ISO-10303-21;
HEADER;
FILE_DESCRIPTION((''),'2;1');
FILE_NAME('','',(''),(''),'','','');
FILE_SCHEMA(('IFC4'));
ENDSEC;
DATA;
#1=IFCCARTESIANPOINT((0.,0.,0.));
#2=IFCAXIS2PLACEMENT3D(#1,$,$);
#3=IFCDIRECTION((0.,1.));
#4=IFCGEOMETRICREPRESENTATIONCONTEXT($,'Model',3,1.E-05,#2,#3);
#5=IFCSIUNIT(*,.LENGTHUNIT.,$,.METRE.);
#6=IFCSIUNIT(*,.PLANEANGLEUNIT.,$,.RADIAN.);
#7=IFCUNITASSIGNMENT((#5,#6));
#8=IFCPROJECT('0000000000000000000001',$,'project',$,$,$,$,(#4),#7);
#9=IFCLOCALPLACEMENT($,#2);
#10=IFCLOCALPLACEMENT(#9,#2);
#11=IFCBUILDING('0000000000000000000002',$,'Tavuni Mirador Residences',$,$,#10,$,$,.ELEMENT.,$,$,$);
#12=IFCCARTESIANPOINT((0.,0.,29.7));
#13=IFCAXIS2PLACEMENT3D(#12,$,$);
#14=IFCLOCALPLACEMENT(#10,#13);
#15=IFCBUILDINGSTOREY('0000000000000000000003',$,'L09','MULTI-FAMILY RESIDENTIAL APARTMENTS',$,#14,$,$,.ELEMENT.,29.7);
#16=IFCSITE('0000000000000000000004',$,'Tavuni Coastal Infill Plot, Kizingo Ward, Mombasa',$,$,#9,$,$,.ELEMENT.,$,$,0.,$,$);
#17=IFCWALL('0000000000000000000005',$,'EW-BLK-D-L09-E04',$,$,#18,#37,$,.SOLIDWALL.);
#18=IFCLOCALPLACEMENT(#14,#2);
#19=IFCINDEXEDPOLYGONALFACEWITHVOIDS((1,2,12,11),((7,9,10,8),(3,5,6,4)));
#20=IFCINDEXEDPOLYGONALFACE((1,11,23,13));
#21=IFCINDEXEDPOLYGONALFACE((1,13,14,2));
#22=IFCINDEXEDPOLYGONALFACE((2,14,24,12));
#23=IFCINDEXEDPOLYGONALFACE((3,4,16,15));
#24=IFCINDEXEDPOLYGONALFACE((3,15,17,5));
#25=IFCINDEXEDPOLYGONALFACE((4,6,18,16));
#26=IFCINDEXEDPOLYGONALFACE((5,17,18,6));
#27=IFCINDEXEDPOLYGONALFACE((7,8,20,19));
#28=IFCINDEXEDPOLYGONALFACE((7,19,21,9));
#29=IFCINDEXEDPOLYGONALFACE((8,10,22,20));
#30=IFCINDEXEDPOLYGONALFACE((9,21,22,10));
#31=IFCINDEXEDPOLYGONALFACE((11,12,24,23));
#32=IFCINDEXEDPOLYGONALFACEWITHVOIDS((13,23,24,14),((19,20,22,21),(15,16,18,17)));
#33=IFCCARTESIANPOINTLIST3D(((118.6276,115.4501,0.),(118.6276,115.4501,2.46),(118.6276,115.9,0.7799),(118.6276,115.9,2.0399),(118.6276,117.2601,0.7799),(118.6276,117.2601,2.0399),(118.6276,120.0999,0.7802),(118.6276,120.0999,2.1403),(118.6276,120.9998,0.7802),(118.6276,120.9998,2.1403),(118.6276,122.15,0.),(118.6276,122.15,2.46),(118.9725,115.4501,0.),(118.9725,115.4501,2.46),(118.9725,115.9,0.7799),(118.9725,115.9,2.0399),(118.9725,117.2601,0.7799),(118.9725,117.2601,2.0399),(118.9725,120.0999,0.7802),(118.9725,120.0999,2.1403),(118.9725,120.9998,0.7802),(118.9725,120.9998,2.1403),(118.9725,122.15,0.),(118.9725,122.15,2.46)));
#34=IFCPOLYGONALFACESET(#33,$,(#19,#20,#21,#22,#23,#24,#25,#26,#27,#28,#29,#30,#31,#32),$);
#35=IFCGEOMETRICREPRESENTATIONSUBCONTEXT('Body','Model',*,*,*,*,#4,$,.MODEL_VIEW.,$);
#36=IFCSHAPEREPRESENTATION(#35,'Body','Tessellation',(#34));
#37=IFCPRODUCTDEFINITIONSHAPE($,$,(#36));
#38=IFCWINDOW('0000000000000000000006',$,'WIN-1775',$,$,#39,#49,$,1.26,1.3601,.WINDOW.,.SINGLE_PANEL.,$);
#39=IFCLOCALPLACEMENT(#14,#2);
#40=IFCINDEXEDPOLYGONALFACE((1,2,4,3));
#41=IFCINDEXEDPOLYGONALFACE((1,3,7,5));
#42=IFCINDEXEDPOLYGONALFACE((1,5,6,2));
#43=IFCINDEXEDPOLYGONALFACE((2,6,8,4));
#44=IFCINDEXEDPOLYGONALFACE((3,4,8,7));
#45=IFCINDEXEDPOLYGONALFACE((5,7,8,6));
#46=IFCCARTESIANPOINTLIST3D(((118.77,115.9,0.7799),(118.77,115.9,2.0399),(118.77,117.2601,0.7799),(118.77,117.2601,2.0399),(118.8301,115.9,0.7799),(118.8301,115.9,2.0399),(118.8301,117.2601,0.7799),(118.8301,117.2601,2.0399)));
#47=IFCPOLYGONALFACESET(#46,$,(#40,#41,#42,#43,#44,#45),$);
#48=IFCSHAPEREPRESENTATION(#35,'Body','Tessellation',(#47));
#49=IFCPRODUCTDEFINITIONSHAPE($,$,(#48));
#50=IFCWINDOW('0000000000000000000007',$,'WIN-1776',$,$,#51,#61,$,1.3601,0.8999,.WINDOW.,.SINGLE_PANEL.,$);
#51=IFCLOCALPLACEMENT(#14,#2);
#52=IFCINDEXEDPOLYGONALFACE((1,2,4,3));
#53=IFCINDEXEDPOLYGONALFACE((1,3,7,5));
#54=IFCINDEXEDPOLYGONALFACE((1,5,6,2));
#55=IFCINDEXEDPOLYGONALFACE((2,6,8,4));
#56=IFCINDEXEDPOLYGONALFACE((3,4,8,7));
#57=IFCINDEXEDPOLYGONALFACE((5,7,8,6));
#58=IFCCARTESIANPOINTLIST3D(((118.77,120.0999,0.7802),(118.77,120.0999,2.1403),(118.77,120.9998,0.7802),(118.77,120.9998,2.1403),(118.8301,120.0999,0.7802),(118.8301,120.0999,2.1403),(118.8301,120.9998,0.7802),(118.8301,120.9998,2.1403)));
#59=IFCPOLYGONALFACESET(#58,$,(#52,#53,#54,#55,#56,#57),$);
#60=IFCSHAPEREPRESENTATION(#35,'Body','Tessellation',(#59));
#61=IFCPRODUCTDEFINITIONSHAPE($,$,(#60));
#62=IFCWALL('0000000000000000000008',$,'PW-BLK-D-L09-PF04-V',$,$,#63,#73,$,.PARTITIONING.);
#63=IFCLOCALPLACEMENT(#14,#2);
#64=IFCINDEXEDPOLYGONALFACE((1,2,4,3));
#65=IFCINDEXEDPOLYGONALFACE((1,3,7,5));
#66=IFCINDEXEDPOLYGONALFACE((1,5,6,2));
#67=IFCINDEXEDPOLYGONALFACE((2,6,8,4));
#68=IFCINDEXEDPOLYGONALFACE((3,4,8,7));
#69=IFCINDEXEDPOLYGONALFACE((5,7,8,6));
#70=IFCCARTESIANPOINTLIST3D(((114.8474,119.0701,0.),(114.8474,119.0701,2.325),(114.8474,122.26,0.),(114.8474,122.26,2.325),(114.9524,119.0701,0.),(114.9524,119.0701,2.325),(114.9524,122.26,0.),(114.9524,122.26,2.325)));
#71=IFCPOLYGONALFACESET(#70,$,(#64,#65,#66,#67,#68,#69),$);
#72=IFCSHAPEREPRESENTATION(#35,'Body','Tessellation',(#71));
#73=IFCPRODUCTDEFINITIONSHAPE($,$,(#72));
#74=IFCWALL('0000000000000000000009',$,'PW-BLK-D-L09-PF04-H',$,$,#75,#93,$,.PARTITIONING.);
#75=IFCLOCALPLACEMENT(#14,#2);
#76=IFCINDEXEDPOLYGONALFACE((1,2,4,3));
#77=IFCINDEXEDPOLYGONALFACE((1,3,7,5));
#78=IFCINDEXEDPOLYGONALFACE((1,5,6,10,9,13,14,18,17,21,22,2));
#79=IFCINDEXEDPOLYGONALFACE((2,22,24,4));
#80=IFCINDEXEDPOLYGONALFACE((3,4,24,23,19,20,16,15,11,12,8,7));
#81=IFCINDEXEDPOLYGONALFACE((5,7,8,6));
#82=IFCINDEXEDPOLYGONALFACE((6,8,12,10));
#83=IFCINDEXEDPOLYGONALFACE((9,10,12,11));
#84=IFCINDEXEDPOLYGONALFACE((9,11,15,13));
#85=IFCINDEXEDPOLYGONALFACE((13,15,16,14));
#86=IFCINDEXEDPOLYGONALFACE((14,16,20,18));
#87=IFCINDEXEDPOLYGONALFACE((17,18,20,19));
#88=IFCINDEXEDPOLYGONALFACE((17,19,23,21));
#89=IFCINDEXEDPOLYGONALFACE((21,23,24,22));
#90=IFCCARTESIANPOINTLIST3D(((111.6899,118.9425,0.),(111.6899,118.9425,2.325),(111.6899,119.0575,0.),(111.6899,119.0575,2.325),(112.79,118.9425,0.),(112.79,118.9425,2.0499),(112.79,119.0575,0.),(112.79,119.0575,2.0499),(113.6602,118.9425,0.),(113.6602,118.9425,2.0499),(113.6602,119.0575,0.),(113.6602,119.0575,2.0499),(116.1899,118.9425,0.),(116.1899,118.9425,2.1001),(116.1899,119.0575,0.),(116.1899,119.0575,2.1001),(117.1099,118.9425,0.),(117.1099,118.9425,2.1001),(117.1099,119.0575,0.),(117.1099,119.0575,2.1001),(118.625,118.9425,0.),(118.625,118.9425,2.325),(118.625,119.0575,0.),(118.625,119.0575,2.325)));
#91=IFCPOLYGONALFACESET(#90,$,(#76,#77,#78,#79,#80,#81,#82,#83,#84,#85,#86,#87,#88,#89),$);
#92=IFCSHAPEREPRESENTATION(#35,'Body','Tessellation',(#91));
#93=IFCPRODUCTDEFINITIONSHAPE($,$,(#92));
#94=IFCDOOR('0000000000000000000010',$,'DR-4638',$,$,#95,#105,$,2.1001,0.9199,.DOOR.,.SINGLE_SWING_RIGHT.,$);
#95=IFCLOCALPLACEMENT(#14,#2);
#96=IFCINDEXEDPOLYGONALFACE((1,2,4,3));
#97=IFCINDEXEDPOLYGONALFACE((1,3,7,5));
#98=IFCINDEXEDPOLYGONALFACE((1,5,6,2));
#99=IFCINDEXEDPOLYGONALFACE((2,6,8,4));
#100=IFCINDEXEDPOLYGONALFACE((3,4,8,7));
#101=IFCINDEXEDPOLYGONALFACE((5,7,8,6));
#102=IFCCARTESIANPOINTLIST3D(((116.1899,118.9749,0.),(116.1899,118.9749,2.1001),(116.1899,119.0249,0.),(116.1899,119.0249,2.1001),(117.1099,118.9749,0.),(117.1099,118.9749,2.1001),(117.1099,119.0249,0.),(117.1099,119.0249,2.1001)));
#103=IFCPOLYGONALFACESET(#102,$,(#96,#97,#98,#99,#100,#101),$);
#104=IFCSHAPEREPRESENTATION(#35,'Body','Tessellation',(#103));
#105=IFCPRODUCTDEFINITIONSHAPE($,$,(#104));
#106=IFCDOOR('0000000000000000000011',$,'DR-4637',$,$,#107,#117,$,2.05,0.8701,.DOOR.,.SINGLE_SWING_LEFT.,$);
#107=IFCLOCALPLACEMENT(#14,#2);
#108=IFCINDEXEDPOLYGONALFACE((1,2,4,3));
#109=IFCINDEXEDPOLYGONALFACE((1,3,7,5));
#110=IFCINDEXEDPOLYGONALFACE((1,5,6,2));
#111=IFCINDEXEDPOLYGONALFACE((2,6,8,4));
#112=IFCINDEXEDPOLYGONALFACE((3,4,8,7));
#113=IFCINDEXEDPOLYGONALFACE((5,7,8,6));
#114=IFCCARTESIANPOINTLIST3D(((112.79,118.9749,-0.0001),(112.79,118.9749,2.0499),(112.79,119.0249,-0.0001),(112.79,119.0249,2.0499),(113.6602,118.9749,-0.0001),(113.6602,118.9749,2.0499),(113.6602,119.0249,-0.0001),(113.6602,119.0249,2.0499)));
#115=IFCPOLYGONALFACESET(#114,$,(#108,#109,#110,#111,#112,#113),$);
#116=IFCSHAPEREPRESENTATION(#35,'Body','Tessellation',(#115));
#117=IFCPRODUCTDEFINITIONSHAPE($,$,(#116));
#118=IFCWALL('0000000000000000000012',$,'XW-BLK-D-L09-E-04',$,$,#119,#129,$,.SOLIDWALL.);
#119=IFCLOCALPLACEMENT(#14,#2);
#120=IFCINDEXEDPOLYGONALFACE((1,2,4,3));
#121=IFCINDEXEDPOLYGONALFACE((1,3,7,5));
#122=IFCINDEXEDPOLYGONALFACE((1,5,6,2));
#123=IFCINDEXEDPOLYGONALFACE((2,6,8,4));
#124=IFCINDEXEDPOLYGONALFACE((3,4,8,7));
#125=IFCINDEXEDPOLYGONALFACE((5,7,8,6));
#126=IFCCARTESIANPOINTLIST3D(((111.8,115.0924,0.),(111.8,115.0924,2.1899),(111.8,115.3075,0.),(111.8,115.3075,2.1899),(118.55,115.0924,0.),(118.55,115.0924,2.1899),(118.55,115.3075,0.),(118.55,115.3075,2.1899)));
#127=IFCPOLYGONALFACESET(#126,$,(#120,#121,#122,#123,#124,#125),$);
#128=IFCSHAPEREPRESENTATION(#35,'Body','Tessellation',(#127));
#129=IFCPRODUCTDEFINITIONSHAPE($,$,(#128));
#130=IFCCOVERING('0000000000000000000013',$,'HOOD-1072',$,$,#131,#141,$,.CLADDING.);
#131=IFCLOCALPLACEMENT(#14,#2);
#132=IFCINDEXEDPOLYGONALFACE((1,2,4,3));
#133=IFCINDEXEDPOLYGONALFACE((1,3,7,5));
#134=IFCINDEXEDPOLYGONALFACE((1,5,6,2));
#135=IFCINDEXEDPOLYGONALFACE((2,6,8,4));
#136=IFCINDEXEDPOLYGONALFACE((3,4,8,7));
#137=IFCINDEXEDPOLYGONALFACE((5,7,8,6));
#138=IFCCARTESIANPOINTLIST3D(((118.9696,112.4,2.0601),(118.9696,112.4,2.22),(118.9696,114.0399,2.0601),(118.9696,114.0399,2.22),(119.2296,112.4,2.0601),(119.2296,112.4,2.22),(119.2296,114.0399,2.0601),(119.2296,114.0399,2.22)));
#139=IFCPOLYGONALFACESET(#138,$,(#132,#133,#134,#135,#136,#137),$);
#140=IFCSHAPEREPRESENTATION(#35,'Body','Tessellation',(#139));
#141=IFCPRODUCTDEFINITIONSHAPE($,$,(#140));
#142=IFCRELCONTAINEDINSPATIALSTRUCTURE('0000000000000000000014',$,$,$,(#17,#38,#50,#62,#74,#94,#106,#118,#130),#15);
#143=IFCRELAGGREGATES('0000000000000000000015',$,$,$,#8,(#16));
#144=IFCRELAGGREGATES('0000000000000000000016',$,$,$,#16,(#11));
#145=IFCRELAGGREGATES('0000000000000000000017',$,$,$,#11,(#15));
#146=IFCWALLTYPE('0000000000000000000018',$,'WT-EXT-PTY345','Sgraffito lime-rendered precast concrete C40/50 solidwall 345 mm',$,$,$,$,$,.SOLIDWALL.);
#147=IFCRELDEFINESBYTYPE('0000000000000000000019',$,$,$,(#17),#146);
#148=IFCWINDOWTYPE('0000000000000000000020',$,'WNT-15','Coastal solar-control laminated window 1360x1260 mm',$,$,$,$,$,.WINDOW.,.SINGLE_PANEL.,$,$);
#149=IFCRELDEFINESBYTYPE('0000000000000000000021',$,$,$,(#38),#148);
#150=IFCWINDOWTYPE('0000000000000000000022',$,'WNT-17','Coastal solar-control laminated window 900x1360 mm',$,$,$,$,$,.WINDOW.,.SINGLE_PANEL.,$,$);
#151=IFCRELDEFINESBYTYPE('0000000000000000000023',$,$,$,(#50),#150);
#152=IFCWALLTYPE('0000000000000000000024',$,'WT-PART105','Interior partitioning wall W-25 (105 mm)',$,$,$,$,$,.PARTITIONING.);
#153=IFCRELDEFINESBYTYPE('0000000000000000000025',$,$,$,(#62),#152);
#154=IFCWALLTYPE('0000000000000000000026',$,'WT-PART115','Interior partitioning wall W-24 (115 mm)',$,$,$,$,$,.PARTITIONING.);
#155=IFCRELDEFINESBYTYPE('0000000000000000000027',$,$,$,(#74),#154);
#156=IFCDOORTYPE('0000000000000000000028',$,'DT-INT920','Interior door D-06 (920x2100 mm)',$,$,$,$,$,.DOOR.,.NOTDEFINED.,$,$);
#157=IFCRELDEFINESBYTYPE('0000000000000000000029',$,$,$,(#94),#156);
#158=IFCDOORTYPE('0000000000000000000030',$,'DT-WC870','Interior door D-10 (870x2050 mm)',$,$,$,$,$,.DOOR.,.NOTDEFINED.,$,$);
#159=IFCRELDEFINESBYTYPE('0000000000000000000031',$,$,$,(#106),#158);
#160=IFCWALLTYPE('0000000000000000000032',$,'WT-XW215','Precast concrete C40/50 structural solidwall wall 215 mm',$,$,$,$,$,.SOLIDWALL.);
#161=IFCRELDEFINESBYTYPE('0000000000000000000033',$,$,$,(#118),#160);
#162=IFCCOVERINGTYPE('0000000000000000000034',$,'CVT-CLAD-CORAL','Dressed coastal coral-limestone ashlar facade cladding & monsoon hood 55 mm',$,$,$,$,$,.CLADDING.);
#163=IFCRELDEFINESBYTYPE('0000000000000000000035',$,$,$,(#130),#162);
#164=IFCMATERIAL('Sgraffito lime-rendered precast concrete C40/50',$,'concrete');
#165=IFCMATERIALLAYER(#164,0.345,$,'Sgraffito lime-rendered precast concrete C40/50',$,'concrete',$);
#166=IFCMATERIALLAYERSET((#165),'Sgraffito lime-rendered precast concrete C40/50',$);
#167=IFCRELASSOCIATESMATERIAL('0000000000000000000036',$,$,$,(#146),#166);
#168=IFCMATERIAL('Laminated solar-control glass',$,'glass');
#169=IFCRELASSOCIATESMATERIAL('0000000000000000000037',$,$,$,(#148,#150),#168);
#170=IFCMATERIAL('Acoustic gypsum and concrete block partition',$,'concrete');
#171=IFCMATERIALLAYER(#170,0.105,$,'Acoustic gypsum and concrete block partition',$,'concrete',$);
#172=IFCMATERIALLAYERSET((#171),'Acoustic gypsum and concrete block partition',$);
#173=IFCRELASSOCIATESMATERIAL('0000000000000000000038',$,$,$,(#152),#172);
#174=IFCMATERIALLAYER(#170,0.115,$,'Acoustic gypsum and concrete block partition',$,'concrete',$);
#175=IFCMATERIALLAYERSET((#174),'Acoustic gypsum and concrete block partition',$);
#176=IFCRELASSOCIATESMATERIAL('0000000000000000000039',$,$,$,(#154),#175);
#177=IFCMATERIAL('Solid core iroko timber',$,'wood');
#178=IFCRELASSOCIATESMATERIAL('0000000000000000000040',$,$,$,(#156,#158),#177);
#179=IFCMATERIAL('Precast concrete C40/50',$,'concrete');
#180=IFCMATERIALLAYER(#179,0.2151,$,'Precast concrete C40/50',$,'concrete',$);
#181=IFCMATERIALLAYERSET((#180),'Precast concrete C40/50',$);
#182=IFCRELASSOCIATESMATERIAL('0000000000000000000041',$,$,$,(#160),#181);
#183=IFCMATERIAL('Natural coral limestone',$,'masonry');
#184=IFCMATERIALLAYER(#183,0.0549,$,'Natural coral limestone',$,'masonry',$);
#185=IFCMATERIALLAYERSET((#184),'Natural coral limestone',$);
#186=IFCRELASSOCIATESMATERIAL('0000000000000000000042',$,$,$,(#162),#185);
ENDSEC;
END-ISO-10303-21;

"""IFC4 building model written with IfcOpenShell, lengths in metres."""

from ifc_helpers import new_model, si_unit, direction, frame, frame_2d, origin, origin_2d, place, context, subcontext, project, spatial, rectangle, extrude, material, layer, layer_set, type_object, element, fill, save


model = new_model("IFC4")

# Units and contexts
model_context = context("Model", 3, precision=1e-05, world=origin(), true_north=direction((0.0, 1.0)))
body_context = subcontext(model_context, "Body", "Model", "MODEL_VIEW")
ifc_project = project(units=[si_unit("LENGTHUNIT", "METRE"), si_unit("PLANEANGLEUNIT", "RADIAN")], contexts=[model_context])

# Site, building, storey
site_placement = place(None, origin())
site = spatial("IfcSite", under=ifc_project, at=site_placement, Name="Tavuni Coastal Infill Plot, Kizingo Ward, Mombasa", CompositionType="ELEMENT", RefElevation=0.0)
building_placement = place(site_placement, origin())
building = spatial("IfcBuilding", under=site, at=building_placement, Name="Tavuni Mirador Residences", CompositionType="ELEMENT")
storey_placement = place(building_placement, frame((0.0, 0.0, 29.7)))
storey = spatial("IfcBuildingStorey", under=building, at=storey_placement, Name="L09", Description="MULTI-FAMILY RESIDENTIAL APARTMENTS", CompositionType="ELEMENT", Elevation=29.7)

# Shared definitions
ifc_material_1 = material(Name="Precast concrete C40/50", Category="concrete")

# Shared definitions
ifc_material_2 = material(Name="Solid core iroko timber", Category="wood")

# Wall, openings, windows
ifc_material_3 = material(Name="Sgraffito lime-rendered precast concrete C40/50", Category="concrete")
ifc_layer_1 = layer(ifc_material_3, 0.345, Name="Sgraffito lime-rendered precast concrete C40/50", Category="concrete")
ifc_layer_set_1 = layer_set([ifc_layer_1], Name="Sgraffito lime-rendered precast concrete C40/50")
wall_type_1 = type_object("IfcWallType", Name="WT-EXT-PTY345", Description="Sgraffito lime-rendered precast concrete C40/50 solidwall 345 mm", PredefinedType="SOLIDWALL", material=ifc_layer_set_1)
wall_1_placement = place(storey_placement, frame((118.8, 115.45, 0.0), z_axis=(0.0, 0.0, 1.0), x_axis=(0.0, 1.0, 0.0)))
wall_1 = element("IfcWall", 1, at=wall_1_placement, inside=storey, type_object=wall_type_1, Name="EW-BLK-D-L09-E04", PredefinedType="SOLIDWALL", context=body_context, shape_type="SweptSolid", body=[
    extrude(rectangle(XDim=6.7, YDim=0.345, at=frame_2d((3.3501, 0.0))), origin(), (0.0, 0.0, 1.0), 2.46),
])
opening_1_placement = place(wall_1_placement, frame((0.45, 0.0, 0.78)))
opening_1 = element("IfcOpeningElement", 2, at=opening_1_placement, cuts=wall_1, PredefinedType="OPENING", context=body_context, shape_type="SweptSolid", body=[
    extrude(rectangle(XDim=1.3601, YDim=1.26, at=frame_2d((0.6802, 0.6299))), frame((0.0, 0.1826, 0.0), z_axis=(0.0, -1.0, 0.0), x_axis=(1.0, 0.0, 0.0)), (0.0, 0.0, 1.0), 0.365),
])
opening_2_placement = place(wall_1_placement, frame((4.6499, 0.0, 0.78)))
opening_2 = element("IfcOpeningElement", 3, at=opening_2_placement, cuts=wall_1, PredefinedType="OPENING", context=body_context, shape_type="SweptSolid", body=[
    extrude(rectangle(XDim=0.8999, YDim=1.3601, at=frame_2d((0.45, 0.6802))), frame((0.0, 0.1826, 0.0), z_axis=(0.0, -1.0, 0.0), x_axis=(1.0, 0.0, 0.0)), (0.0, 0.0, 1.0), 0.365),
])
ifc_material_4 = material(Name="Laminated solar-control glass", Category="glass")
window_type_1 = type_object("IfcWindowType", Name="WNT-15", Description="Coastal solar-control laminated window 1360x1260 mm", PartitioningType="SINGLE_PANEL", PredefinedType="WINDOW", material=ifc_material_4)
window_1_placement = place(opening_1_placement, origin())
window_1 = element("IfcWindow", 4, at=window_1_placement, inside=storey, type_object=window_type_1, Name="WIN-1775", OverallHeight=1.26, OverallWidth=1.3601, PartitioningType="SINGLE_PANEL", PredefinedType="WINDOW", context=body_context, shape_type="SweptSolid", body=[
    extrude(rectangle(XDim=1.3601, YDim=1.26, at=frame_2d((0.6802, 0.6299))), frame((0.0, 0.03, 0.0), z_axis=(0.0, -1.0, 0.0), x_axis=(1.0, 0.0, 0.0)), (0.0, 0.0, 1.0), 0.0601),
])
fill(opening_1, window_1)
window_type_2 = type_object("IfcWindowType", Name="WNT-17", Description="Coastal solar-control laminated window 900x1360 mm", PartitioningType="SINGLE_PANEL", PredefinedType="WINDOW", material=ifc_material_4)
window_2_placement = place(opening_2_placement, origin())
window_2 = element("IfcWindow", 5, at=window_2_placement, inside=storey, type_object=window_type_2, Name="WIN-1776", OverallHeight=1.3601, OverallWidth=0.8999, PartitioningType="SINGLE_PANEL", PredefinedType="WINDOW", context=body_context, shape_type="SweptSolid", body=[
    extrude(rectangle(XDim=0.8999, YDim=1.3601, at=frame_2d((0.45, 0.6802))), frame((0.0, 0.03, 0.0), z_axis=(0.0, -1.0, 0.0), x_axis=(1.0, 0.0, 0.0)), (0.0, 0.0, 1.0), 0.0601),
])
fill(opening_2, window_2)

# Wall
ifc_material_5 = material(Name="Acoustic gypsum and concrete block partition", Category="concrete")
ifc_layer_2 = layer(ifc_material_5, 0.105, Name="Acoustic gypsum and concrete block partition", Category="concrete")
ifc_layer_set_2 = layer_set([ifc_layer_2], Name="Acoustic gypsum and concrete block partition")
wall_type_2 = type_object("IfcWallType", Name="WT-PART105", Description="Interior partitioning wall W-25 (105 mm)", PredefinedType="PARTITIONING", material=ifc_layer_set_2)
wall_2_placement = place(storey_placement, frame((114.8999, 119.0701, 0.0), z_axis=(0.0, 0.0, 1.0), x_axis=(0.0, 1.0, 0.0)))
element("IfcWall", 6, at=wall_2_placement, inside=storey, type_object=wall_type_2, Name="PW-BLK-D-L09-PF04-V", PredefinedType="PARTITIONING", context=body_context, shape_type="SweptSolid", body=[
    extrude(rectangle(XDim=3.1899, YDim=0.105, at=frame_2d((1.595, 0.0))), origin(), (0.0, 0.0, 1.0), 2.325),
])

# Wall, openings, doors
ifc_layer_3 = layer(ifc_material_5, 0.115, Name="Acoustic gypsum and concrete block partition", Category="concrete")
ifc_layer_set_3 = layer_set([ifc_layer_3], Name="Acoustic gypsum and concrete block partition")
wall_type_3 = type_object("IfcWallType", Name="WT-PART115", Description="Interior partitioning wall W-24 (115 mm)", PredefinedType="PARTITIONING", material=ifc_layer_set_3)
wall_3_placement = place(storey_placement, frame((111.6899, 119.0, 0.0), z_axis=(0.0, 0.0, 1.0), x_axis=(1.0, 0.0, 0.0)))
wall_3 = element("IfcWall", 7, at=wall_3_placement, inside=storey, type_object=wall_type_3, Name="PW-BLK-D-L09-PF04-H", PredefinedType="PARTITIONING", context=body_context, shape_type="SweptSolid", body=[
    extrude(rectangle(XDim=6.9351, YDim=0.115, at=frame_2d((3.4675, 0.0))), origin(), (0.0, 0.0, 1.0), 2.325),
])
opening_3_placement = place(wall_3_placement, frame((1.1001, 0.0, 0.0)))
opening_3 = element("IfcOpeningElement", 8, at=opening_3_placement, cuts=wall_3, PredefinedType="OPENING", context=body_context, shape_type="SweptSolid", body=[
    extrude(rectangle(XDim=0.8701, YDim=2.05, at=frame_2d((0.4351, 1.0249))), frame((0.0, 0.0674, 0.0), z_axis=(0.0, -1.0, 0.0), x_axis=(1.0, 0.0, 0.0)), (0.0, 0.0, 1.0), 0.135),
])
opening_4_placement = place(wall_3_placement, frame((4.5, 0.0, 0.0)))
opening_4 = element("IfcOpeningElement", 9, at=opening_4_placement, cuts=wall_3, PredefinedType="OPENING", context=body_context, shape_type="SweptSolid", body=[
    extrude(rectangle(XDim=0.9199, YDim=2.1001, at=frame_2d((0.46, 1.05))), frame((0.0, 0.0674, 0.0), z_axis=(0.0, -1.0, 0.0), x_axis=(1.0, 0.0, 0.0)), (0.0, 0.0, 1.0), 0.135),
])
door_type_1 = type_object("IfcDoorType", Name="DT-INT920", Description="Interior door D-06 (920x2100 mm)", OperationType="NOTDEFINED", PredefinedType="DOOR", material=ifc_material_2)
door_1_placement = place(opening_4_placement, origin())
door_1 = element("IfcDoor", 10, at=door_1_placement, inside=storey, type_object=door_type_1, Name="DR-4638", OperationType="SINGLE_SWING_RIGHT", OverallHeight=2.1001, OverallWidth=0.9199, PredefinedType="DOOR", context=body_context, shape_type="SweptSolid", body=[
    extrude(rectangle(XDim=0.9199, YDim=2.1001, at=frame_2d((0.46, 1.05))), frame((0.0, 0.0249, 0.0), z_axis=(0.0, -1.0, 0.0), x_axis=(1.0, 0.0, 0.0)), (0.0, 0.0, 1.0), 0.05),
])
fill(opening_4, door_1)
door_type_2 = type_object("IfcDoorType", Name="DT-WC870", Description="Interior door D-10 (870x2050 mm)", OperationType="NOTDEFINED", PredefinedType="DOOR", material=ifc_material_2)
door_2_placement = place(opening_3_placement, origin())
door_2 = element("IfcDoor", 11, at=door_2_placement, inside=storey, type_object=door_type_2, Name="DR-4637", OperationType="SINGLE_SWING_LEFT", OverallHeight=2.05, OverallWidth=0.8701, PredefinedType="DOOR", context=body_context, shape_type="SweptSolid", body=[
    extrude(rectangle(XDim=0.8701, YDim=2.05, at=frame_2d((0.4351, 1.0249))), frame((0.0, 0.0249, 0.0), z_axis=(0.0, -1.0, 0.0), x_axis=(1.0, 0.0, 0.0)), (0.0, 0.0, 1.0), 0.05),
])
fill(opening_3, door_2)

# Wall
ifc_layer_4 = layer(ifc_material_1, 0.2151, Name="Precast concrete C40/50", Category="concrete")
ifc_layer_set_4 = layer_set([ifc_layer_4], Name="Precast concrete C40/50")
wall_type_4 = type_object("IfcWallType", Name="WT-XW215", Description="Precast concrete C40/50 structural solidwall wall 215 mm", PredefinedType="SOLIDWALL", material=ifc_layer_set_4)
wall_4_placement = place(storey_placement, frame((111.8, 115.2, 0.0), z_axis=(0.0, 0.0, 1.0), x_axis=(1.0, 0.0, 0.0)))
element("IfcWall", 12, at=wall_4_placement, inside=storey, type_object=wall_type_4, Name="XW-BLK-D-L09-E-04", PredefinedType="SOLIDWALL", context=body_context, shape_type="SweptSolid", body=[
    extrude(rectangle(XDim=6.75, YDim=0.2151, at=frame_2d((3.375, 0.0))), origin(), (0.0, 0.0, 1.0), 2.1899),
])

# Covering
ifc_material_6 = material(Name="Natural coral limestone", Category="masonry")
ifc_layer_5 = layer(ifc_material_6, 0.0549, Name="Natural coral limestone", Category="masonry")
ifc_layer_set_5 = layer_set([ifc_layer_5], Name="Natural coral limestone")
covering_type = type_object("IfcCoveringType", Name="CVT-CLAD-CORAL", Description="Dressed coastal coral-limestone ashlar facade cladding & monsoon hood 55 mm", PredefinedType="CLADDING", material=ifc_layer_set_5)
covering_placement = place(storey_placement, frame((119.0996, 113.22, 2.0601), z_axis=(0.0, 0.0, 1.0), x_axis=(0.0, 1.0, 0.0)))
element("IfcCovering", 13, at=covering_placement, inside=storey, type_object=covering_type, Name="HOOD-1072", PredefinedType="CLADDING", context=body_context, shape_type="SweptSolid", body=[
    extrude(rectangle(XDim=1.6399, YDim=0.26, at=origin_2d()), origin(), (0.0, 0.0, 1.0), 0.1599),
])

save(model, "model.ifc")
